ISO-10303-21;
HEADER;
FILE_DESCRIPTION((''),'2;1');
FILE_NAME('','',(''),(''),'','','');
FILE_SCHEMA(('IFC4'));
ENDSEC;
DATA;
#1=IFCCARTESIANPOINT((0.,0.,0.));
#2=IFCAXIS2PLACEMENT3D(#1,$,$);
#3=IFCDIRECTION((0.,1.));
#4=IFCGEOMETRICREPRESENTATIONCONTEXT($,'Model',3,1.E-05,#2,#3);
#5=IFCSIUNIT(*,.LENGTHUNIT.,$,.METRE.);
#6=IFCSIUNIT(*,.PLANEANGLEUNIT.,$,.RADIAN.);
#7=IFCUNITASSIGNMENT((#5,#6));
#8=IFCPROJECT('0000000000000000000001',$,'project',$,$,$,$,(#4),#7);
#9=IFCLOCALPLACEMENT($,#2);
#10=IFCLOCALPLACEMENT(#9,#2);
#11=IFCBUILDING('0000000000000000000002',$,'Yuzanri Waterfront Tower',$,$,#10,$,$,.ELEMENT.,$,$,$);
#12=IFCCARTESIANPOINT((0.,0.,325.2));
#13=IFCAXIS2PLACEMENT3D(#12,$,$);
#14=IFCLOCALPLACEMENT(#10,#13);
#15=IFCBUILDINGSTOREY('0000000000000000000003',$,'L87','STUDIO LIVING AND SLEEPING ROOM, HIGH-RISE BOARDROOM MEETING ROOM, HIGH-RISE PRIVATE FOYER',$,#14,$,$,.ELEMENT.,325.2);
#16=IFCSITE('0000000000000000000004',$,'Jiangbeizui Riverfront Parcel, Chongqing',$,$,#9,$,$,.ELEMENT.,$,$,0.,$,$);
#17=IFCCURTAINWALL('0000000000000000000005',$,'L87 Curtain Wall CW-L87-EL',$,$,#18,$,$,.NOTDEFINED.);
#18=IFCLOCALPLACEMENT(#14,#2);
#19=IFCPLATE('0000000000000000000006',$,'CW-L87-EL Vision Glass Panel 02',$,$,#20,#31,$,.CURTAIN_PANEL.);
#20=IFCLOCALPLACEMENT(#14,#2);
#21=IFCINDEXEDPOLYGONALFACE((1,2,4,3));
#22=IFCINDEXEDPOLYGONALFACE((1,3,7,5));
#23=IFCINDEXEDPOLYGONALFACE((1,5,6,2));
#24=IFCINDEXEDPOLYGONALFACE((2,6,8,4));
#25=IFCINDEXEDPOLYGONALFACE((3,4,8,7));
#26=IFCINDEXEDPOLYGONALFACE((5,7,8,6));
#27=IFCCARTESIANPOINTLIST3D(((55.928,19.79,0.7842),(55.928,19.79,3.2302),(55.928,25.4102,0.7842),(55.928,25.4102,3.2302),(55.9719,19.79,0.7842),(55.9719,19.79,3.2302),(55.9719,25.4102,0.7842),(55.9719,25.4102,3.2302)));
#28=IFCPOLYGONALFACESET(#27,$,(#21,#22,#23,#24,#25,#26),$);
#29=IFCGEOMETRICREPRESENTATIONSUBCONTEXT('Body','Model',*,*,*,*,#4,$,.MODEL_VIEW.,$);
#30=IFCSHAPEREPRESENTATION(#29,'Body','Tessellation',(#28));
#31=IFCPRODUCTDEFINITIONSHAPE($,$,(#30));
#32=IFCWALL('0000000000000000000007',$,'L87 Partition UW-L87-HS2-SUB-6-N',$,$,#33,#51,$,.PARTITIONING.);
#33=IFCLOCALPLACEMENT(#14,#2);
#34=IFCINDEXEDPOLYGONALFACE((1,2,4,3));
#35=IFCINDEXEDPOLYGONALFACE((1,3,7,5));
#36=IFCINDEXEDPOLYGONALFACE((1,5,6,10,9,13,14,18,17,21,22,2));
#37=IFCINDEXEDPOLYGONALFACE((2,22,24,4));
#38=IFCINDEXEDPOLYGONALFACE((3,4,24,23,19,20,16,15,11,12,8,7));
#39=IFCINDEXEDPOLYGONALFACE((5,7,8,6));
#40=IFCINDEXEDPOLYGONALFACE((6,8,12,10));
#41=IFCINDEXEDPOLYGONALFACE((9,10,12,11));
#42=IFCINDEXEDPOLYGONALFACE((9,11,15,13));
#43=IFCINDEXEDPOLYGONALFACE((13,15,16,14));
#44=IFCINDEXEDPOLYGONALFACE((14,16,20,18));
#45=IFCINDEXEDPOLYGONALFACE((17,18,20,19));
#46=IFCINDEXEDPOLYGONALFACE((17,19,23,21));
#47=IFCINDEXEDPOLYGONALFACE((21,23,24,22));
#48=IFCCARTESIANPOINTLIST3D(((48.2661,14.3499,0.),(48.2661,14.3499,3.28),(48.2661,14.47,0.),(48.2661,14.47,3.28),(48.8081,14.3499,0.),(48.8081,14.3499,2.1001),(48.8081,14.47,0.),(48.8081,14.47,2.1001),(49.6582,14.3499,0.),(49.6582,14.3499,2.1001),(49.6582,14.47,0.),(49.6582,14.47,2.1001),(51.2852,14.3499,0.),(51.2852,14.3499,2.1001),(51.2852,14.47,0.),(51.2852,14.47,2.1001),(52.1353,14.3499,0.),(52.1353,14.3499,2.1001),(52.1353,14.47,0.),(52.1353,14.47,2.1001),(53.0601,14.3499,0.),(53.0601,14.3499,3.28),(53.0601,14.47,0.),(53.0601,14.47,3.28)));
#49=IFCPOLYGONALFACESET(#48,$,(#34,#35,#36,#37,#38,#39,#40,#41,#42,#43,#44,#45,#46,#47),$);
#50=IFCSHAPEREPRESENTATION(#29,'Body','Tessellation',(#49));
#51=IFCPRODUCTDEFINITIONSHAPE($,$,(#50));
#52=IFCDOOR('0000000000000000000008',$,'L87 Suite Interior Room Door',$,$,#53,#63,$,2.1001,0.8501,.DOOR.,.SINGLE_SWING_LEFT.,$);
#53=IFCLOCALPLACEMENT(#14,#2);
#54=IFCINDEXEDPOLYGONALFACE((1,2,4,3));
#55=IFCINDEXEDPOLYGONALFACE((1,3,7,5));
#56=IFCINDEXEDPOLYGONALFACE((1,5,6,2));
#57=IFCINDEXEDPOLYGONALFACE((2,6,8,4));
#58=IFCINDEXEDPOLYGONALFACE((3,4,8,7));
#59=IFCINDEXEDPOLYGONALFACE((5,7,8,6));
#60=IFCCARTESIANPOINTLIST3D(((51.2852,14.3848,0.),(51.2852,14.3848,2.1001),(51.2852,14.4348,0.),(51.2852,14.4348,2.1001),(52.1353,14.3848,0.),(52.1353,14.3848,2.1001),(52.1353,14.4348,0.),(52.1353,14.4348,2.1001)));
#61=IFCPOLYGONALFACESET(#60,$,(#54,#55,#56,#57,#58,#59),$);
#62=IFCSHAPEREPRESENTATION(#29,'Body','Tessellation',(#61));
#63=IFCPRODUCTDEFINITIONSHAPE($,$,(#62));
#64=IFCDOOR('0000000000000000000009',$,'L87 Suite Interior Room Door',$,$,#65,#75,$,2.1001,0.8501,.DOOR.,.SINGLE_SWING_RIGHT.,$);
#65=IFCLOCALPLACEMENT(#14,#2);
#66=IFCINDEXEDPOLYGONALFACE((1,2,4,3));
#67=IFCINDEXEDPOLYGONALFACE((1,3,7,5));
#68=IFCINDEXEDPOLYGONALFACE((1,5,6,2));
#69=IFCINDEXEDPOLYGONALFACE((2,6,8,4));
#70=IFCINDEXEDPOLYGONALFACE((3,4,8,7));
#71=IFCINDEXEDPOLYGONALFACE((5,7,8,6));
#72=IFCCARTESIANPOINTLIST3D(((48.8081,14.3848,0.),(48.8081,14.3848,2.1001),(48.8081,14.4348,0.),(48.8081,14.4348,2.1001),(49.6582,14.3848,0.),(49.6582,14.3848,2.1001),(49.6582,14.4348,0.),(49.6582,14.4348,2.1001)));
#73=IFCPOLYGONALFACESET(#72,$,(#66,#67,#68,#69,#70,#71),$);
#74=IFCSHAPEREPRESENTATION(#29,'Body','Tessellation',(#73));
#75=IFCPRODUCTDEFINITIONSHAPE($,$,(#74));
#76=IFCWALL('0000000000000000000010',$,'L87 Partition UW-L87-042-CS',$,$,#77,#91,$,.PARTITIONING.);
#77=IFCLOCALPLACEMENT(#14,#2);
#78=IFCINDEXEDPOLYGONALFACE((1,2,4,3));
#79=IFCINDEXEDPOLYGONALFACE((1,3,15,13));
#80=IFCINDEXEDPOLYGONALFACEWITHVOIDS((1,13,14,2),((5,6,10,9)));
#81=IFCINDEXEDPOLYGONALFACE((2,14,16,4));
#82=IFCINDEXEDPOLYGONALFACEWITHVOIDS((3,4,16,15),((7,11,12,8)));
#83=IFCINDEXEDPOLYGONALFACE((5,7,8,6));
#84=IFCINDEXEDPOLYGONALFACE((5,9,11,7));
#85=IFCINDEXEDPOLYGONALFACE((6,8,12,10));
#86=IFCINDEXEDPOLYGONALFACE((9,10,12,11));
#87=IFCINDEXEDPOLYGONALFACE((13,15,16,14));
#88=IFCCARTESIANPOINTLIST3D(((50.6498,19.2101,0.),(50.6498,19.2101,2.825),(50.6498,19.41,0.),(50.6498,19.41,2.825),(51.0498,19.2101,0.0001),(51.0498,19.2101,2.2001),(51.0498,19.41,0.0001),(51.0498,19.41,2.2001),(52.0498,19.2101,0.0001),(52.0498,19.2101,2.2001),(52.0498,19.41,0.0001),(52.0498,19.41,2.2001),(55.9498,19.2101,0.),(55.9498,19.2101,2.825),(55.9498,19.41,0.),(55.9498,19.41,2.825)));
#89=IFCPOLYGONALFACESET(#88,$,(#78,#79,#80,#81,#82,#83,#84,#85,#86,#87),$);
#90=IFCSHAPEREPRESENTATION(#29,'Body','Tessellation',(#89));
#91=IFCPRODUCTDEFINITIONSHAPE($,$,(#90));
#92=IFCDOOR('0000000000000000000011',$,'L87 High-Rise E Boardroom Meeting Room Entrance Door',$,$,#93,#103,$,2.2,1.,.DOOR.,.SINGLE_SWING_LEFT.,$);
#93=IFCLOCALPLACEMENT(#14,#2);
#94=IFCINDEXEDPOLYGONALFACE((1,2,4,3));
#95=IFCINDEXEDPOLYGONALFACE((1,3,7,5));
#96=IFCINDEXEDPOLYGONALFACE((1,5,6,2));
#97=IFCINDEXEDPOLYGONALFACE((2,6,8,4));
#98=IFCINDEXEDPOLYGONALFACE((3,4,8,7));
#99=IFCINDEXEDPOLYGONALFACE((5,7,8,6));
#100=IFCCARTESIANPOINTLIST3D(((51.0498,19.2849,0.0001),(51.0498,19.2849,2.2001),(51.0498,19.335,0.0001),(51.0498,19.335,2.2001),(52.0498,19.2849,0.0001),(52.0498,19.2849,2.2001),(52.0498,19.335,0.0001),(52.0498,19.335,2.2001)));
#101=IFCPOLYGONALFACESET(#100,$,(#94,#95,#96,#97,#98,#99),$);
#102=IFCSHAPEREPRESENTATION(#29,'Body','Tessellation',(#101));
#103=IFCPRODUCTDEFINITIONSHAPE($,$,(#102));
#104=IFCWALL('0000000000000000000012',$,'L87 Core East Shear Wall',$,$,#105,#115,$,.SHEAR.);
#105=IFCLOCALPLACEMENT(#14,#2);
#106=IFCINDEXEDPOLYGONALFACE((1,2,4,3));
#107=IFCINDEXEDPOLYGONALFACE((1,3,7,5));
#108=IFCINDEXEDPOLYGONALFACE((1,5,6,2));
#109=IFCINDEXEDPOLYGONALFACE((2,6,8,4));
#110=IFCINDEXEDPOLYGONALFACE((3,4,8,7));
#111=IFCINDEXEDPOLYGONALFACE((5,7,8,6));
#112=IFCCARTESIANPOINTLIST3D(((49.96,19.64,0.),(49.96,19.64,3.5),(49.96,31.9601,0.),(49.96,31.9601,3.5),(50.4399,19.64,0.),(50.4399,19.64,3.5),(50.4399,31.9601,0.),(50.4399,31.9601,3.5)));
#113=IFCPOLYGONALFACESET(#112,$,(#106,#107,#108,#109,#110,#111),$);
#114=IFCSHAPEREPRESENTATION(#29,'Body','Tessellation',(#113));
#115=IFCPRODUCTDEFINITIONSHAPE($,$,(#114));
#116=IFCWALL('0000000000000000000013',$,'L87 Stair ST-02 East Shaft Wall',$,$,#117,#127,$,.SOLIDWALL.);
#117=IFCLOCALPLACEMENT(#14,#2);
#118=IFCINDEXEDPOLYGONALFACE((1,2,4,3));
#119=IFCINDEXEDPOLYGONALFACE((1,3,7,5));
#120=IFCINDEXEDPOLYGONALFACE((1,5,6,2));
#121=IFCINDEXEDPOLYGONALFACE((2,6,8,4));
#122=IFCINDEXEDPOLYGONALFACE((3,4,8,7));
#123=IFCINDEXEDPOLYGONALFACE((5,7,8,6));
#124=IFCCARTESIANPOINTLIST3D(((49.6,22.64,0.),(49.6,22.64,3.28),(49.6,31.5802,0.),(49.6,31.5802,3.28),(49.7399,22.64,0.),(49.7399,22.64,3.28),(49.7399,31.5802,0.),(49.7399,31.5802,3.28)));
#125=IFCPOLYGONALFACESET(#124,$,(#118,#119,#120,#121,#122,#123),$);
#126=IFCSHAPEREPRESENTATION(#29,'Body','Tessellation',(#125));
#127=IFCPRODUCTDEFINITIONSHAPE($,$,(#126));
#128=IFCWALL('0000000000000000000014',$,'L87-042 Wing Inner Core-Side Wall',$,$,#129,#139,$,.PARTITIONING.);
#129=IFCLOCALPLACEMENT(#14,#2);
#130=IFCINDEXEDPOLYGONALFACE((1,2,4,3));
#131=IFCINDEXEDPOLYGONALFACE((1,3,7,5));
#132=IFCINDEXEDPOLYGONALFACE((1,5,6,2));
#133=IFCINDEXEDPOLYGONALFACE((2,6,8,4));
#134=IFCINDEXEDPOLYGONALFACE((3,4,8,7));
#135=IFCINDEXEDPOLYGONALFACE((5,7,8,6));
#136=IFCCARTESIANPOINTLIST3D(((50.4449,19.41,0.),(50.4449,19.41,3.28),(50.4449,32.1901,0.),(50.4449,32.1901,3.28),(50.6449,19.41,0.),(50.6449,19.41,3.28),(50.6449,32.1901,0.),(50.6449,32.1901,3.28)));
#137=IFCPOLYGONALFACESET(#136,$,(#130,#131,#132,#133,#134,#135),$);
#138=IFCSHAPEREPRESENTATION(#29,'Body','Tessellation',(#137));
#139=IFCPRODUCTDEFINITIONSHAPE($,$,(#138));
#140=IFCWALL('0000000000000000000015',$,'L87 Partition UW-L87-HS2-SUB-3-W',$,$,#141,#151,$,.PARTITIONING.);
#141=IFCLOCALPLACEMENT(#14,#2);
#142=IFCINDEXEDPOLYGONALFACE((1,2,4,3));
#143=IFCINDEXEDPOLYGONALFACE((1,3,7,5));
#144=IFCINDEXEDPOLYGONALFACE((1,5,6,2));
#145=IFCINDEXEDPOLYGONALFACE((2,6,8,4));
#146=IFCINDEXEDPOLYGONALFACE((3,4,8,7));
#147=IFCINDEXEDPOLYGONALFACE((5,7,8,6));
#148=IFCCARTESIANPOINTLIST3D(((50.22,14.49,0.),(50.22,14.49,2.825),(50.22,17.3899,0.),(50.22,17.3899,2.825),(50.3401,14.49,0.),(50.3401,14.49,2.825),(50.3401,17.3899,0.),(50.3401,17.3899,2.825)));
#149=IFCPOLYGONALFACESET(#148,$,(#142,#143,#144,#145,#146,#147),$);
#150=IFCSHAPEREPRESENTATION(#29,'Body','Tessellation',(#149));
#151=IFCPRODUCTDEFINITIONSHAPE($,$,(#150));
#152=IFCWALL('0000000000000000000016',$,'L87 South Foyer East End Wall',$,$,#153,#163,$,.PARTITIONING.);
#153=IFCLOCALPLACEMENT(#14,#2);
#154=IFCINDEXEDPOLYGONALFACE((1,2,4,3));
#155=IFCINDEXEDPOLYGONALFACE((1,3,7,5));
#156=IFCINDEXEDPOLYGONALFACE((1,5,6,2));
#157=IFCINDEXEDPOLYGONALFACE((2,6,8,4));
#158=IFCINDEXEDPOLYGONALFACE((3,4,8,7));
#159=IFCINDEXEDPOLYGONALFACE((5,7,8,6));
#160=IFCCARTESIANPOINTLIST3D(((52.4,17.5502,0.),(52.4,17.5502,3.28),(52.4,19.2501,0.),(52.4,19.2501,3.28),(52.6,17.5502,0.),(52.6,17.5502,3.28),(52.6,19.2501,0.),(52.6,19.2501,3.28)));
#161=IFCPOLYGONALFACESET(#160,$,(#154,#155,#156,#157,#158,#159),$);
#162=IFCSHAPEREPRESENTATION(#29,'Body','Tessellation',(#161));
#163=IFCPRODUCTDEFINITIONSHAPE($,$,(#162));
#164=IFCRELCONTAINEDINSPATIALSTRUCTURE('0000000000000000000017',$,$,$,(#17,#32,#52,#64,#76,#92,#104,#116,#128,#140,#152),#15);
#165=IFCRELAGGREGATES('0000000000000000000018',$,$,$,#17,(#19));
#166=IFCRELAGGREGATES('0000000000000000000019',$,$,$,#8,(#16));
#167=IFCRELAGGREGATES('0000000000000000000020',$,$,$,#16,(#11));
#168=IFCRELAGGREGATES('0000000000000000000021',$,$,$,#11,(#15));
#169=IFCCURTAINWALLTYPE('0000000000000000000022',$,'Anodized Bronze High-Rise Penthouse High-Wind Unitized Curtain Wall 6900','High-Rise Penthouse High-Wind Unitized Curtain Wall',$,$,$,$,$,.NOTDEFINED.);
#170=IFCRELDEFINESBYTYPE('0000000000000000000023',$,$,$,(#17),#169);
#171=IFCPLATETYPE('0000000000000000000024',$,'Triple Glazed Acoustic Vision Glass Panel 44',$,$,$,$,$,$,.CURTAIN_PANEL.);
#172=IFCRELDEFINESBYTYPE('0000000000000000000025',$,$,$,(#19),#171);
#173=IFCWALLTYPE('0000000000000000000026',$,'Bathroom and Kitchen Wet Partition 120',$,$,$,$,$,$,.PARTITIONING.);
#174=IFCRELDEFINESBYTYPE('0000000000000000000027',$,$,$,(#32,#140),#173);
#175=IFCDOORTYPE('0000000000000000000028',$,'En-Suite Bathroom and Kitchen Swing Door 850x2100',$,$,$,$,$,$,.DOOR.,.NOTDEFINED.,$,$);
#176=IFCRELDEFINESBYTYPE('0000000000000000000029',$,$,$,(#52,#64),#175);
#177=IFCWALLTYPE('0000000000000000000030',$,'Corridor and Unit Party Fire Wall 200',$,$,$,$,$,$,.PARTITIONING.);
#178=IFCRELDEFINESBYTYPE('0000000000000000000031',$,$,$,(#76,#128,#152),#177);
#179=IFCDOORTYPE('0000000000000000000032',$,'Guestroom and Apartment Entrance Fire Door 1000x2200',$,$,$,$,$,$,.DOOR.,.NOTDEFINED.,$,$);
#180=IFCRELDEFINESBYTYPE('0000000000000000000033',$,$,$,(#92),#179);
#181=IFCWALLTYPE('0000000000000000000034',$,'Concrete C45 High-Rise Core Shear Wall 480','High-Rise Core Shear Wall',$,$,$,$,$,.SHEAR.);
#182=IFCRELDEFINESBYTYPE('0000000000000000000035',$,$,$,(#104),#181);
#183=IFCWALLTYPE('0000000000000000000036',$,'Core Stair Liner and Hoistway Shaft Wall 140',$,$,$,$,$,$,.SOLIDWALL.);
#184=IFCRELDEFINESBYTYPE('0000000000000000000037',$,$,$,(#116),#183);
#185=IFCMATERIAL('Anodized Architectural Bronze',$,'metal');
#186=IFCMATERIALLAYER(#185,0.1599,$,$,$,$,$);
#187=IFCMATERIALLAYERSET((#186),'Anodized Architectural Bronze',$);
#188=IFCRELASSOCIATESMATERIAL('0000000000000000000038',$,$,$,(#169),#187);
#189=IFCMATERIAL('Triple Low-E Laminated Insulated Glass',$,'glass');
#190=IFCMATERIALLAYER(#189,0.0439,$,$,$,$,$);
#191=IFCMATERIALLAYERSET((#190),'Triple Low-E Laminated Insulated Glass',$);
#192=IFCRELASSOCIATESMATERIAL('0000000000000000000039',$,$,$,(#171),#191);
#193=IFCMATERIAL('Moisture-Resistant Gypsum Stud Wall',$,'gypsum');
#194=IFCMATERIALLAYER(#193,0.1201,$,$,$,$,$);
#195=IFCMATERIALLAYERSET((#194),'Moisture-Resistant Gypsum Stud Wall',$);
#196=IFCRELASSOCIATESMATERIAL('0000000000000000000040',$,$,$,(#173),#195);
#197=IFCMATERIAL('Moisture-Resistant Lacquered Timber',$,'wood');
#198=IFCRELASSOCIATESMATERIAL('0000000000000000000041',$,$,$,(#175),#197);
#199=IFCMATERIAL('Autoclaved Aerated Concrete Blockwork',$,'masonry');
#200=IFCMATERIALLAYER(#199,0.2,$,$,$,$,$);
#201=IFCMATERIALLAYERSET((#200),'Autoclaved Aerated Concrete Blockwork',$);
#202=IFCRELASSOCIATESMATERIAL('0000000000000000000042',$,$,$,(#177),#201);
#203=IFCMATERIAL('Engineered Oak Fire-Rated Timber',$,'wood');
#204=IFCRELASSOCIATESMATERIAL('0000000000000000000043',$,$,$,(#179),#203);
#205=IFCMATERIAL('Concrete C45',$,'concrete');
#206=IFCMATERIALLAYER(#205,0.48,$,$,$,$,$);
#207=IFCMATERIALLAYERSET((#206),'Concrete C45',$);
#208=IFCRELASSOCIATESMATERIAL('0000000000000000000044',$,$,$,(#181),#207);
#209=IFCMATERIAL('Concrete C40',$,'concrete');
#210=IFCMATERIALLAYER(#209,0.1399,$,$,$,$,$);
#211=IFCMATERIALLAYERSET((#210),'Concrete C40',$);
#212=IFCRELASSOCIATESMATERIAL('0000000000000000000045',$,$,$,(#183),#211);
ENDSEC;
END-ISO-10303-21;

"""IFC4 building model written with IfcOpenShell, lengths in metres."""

from ifc_helpers import new_model, si_unit, direction, frame, frame_2d, origin, origin_2d, place, context, subcontext, project, spatial, rectangle, extrude, source, transform, mapped, material, layer, layer_set, type_object, element, fill, aggregate, save


model = new_model("IFC4")

# Units and contexts
model_context = context("Model", 3, precision=1e-05, world=origin(), true_north=direction((0.0, 1.0)))
body_context = subcontext(model_context, "Body", "Model", "MODEL_VIEW")
ifc_project = project(units=[si_unit("LENGTHUNIT", "METRE"), si_unit("PLANEANGLEUNIT", "RADIAN")], contexts=[model_context])

# Site, building, storey
site_placement = place(None, origin())
site = spatial("IfcSite", under=ifc_project, at=site_placement, Name="Jiangbeizui Riverfront Parcel, Chongqing", CompositionType="ELEMENT", RefElevation=0.0)
building_placement = place(site_placement, origin())
building = spatial("IfcBuilding", under=site, at=building_placement, Name="Yuzanri Waterfront Tower", CompositionType="ELEMENT")
storey_placement = place(building_placement, frame((0.0, 0.0, 325.2)))
storey = spatial("IfcBuildingStorey", under=building, at=storey_placement, Name="L87", Description="STUDIO LIVING AND SLEEPING ROOM, HIGH-RISE BOARDROOM MEETING ROOM, HIGH-RISE PRIVATE FOYER", CompositionType="ELEMENT", Elevation=325.2)

# Curtain wall, plate
ifc_material_1 = material(Name="Anodized Architectural Bronze", Category="metal")
ifc_layer_1 = layer(ifc_material_1, 0.1599)
ifc_layer_set_1 = layer_set([ifc_layer_1], Name="Anodized Architectural Bronze")
curtain_wall_type = type_object("IfcCurtainWallType", Name="Anodized Bronze High-Rise Penthouse High-Wind Unitized Curtain Wall 6900", Description="High-Rise Penthouse High-Wind Unitized Curtain Wall", PredefinedType="NOTDEFINED", material=ifc_layer_set_1)
curtain_wall_placement = place(storey_placement, origin())
curtain_wall = element("IfcCurtainWall", 1, at=curtain_wall_placement, inside=storey, type_object=curtain_wall_type, Name="L87 Curtain Wall CW-L87-EL", PredefinedType="NOTDEFINED")
ifc_material_2 = material(Name="Triple Low-E Laminated Insulated Glass", Category="glass")
ifc_layer_2 = layer(ifc_material_2, 0.0439)
ifc_layer_set_2 = layer_set([ifc_layer_2], Name="Triple Low-E Laminated Insulated Glass")
plate_type_1 = type_object("IfcPlateType", Name="Triple Glazed Acoustic Vision Glass Panel 44", PredefinedType="CURTAIN_PANEL", material=ifc_layer_set_2)
shared_shape_1 = source(origin(), body_context, "Body", "SweptSolid", [
    extrude(rectangle(XDim=5.6201, YDim=0.0439, at=origin_2d()), origin(), (0.0, 0.0, 1.0), 2.446),
])
plate_1_placement = place(storey_placement, frame((55.95, 22.6001, 0.7842), z_axis=(0.0, 0.0, 1.0), x_axis=(0.0, 1.0, 0.0)))
plate_1 = element("IfcPlate", 2, at=plate_1_placement, type_object=plate_type_1, Name="CW-L87-EL Vision Glass Panel 02", PredefinedType="CURTAIN_PANEL", context=body_context, shape_type="MappedRepresentation", body=[
    mapped(shared_shape_1, transform((0.0, 0.0, 0.0), scale=1.0)),
])
aggregate(curtain_wall, [plate_1])

# Wall, openings, doors
ifc_material_3 = material(Name="Moisture-Resistant Gypsum Stud Wall", Category="gypsum")
ifc_layer_3 = layer(ifc_material_3, 0.1201)
ifc_layer_set_3 = layer_set([ifc_layer_3], Name="Moisture-Resistant Gypsum Stud Wall")
wall_type_1 = type_object("IfcWallType", Name="Bathroom and Kitchen Wet Partition 120", PredefinedType="PARTITIONING", material=ifc_layer_set_3)
wall_1_placement = place(storey_placement, frame((48.2661, 14.4099, 0.0), z_axis=(0.0, 0.0, 1.0), x_axis=(1.0, 0.0, 0.0)))
wall_1 = element("IfcWall", 3, at=wall_1_placement, inside=storey, type_object=wall_type_1, Name="L87 Partition UW-L87-HS2-SUB-6-N", PredefinedType="PARTITIONING", context=body_context, shape_type="SweptSolid", body=[
    extrude(rectangle(XDim=4.7939, YDim=0.1201, at=frame_2d((2.397, 0.0))), origin(), (0.0, 0.0, 1.0), 3.28),
])
opening_1_placement = place(wall_1_placement, frame((3.019, 0.0, 0.0)))
opening_1 = element("IfcOpeningElement", 4, at=opening_1_placement, cuts=wall_1, PredefinedType="OPENING", context=body_context, shape_type="SweptSolid", body=[
    extrude(rectangle(XDim=0.8501, YDim=2.1001, at=frame_2d((0.425, 1.05))), frame((0.0, 0.075, 0.0), z_axis=(0.0, -1.0, 0.0), x_axis=(1.0, 0.0, 0.0)), (0.0, 0.0, 1.0), 0.1499),
])
opening_2_placement = place(wall_1_placement, frame((0.542, 0.0, 0.0)))
opening_2 = element("IfcOpeningElement", 5, at=opening_2_placement, cuts=wall_1, PredefinedType="OPENING", context=body_context, shape_type="SweptSolid", body=[
    extrude(rectangle(XDim=0.8501, YDim=2.1001, at=frame_2d((0.425, 1.05))), frame((0.0, 0.075, 0.0), z_axis=(0.0, -1.0, 0.0), x_axis=(1.0, 0.0, 0.0)), (0.0, 0.0, 1.0), 0.1499),
])
ifc_material_4 = material(Name="Moisture-Resistant Lacquered Timber", Category="wood")
door_type_1 = type_object("IfcDoorType", Name="En-Suite Bathroom and Kitchen Swing Door 850x2100", OperationType="NOTDEFINED", PredefinedType="DOOR", material=ifc_material_4)
shared_shape_2 = source(origin(), body_context, "Body", "SweptSolid", [
    extrude(rectangle(XDim=0.8501, YDim=2.1001, at=frame_2d((0.425, 1.05))), frame((0.0, 0.0249, 0.0), z_axis=(0.0, -1.0, 0.0), x_axis=(1.0, 0.0, 0.0)), (0.0, 0.0, 1.0), 0.05),
])
door_1_placement = place(opening_1_placement, origin())
door_1 = element("IfcDoor", 6, at=door_1_placement, inside=storey, type_object=door_type_1, Name="L87 Suite Interior Room Door", OperationType="SINGLE_SWING_LEFT", OverallHeight=2.1001, OverallWidth=0.8501, PredefinedType="DOOR", context=body_context, shape_type="MappedRepresentation", body=[
    mapped(shared_shape_2, transform((0.0, 0.0, 0.0), scale=1.0)),
])
fill(opening_1, door_1)
door_2_placement = place(opening_2_placement, origin())
door_2 = element("IfcDoor", 7, at=door_2_placement, inside=storey, type_object=door_type_1, Name="L87 Suite Interior Room Door", OperationType="SINGLE_SWING_RIGHT", OverallHeight=2.1001, OverallWidth=0.8501, PredefinedType="DOOR", context=body_context, shape_type="MappedRepresentation", body=[
    mapped(shared_shape_2, transform((0.0, 0.0, 0.0), scale=1.0)),
])
fill(opening_2, door_2)

# Wall, opening, door
ifc_material_5 = material(Name="Autoclaved Aerated Concrete Blockwork", Category="masonry")
ifc_layer_4 = layer(ifc_material_5, 0.2)
ifc_layer_set_4 = layer_set([ifc_layer_4], Name="Autoclaved Aerated Concrete Blockwork")
wall_type_2 = type_object("IfcWallType", Name="Corridor and Unit Party Fire Wall 200", PredefinedType="PARTITIONING", material=ifc_layer_set_4)
wall_2_placement = place(storey_placement, frame((50.6499, 19.3101, 0.0), z_axis=(0.0, 0.0, 1.0), x_axis=(1.0, 0.0, 0.0)))
wall_2 = element("IfcWall", 8, at=wall_2_placement, inside=storey, type_object=wall_type_2, Name="L87 Partition UW-L87-042-CS", PredefinedType="PARTITIONING", context=body_context, shape_type="SweptSolid", body=[
    extrude(rectangle(XDim=5.3, YDim=0.2, at=frame_2d((2.6499, 0.0))), origin(), (0.0, 0.0, 1.0), 2.825),
])
opening_3_placement = place(wall_2_placement, frame((0.3999, 0.0, 0.0)))
opening_3 = element("IfcOpeningElement", 9, at=opening_3_placement, cuts=wall_2, PredefinedType="OPENING", context=body_context, shape_type="SweptSolid", body=[
    extrude(rectangle(XDim=1.0, YDim=2.2, at=frame_2d((0.5, 1.1001))), frame((0.0, 0.1147, 0.0), z_axis=(0.0, -1.0, 0.0), x_axis=(1.0, 0.0, 0.0)), (0.0, 0.0, 1.0), 0.2297),
])
ifc_material_6 = material(Name="Engineered Oak Fire-Rated Timber", Category="wood")
door_type_2 = type_object("IfcDoorType", Name="Guestroom and Apartment Entrance Fire Door 1000x2200", OperationType="NOTDEFINED", PredefinedType="DOOR", material=ifc_material_6)
shared_shape_3 = source(origin(), body_context, "Body", "SweptSolid", [
    extrude(rectangle(XDim=1.0, YDim=2.2, at=frame_2d((0.5, 1.1001))), frame((0.0, 0.0249, 0.0), z_axis=(0.0, -1.0, 0.0), x_axis=(1.0, 0.0, 0.0)), (0.0, 0.0, 1.0), 0.05),
])
door_3_placement = place(opening_3_placement, origin())
door_3 = element("IfcDoor", 10, at=door_3_placement, inside=storey, type_object=door_type_2, Name="L87 High-Rise E Boardroom Meeting Room Entrance Door", OperationType="SINGLE_SWING_LEFT", OverallHeight=2.2, OverallWidth=1.0, PredefinedType="DOOR", context=body_context, shape_type="MappedRepresentation", body=[
    mapped(shared_shape_3, transform((0.0, 0.0, 0.0), scale=1.0)),
])
fill(opening_3, door_3)

# Walls
ifc_material_7 = material(Name="Concrete C45", Category="concrete")
ifc_layer_5 = layer(ifc_material_7, 0.48)
ifc_layer_set_5 = layer_set([ifc_layer_5], Name="Concrete C45")
wall_type_3 = type_object("IfcWallType", Name="Concrete C45 High-Rise Core Shear Wall 480", Description="High-Rise Core Shear Wall", PredefinedType="SHEAR", material=ifc_layer_set_5)
shared_shape_4 = source(origin(), body_context, "Body", "SweptSolid", [
    extrude(rectangle(XDim=12.3201, YDim=0.48, at=frame_2d((6.1602, 0.0))), origin(), (0.0, 0.0, 1.0), 3.5),
])
wall_3_placement = place(storey_placement, frame((50.2, 19.6399, 0.0), z_axis=(0.0, 0.0, 1.0), x_axis=(0.0, 1.0, 0.0)))
element("IfcWall", 11, at=wall_3_placement, inside=storey, type_object=wall_type_3, Name="L87 Core East Shear Wall", PredefinedType="SHEAR", context=body_context, shape_type="MappedRepresentation", body=[
    mapped(shared_shape_4, transform((0.0, 0.0, 0.0), scale=1.0)),
])
ifc_material_8 = material(Name="Concrete C40", Category="concrete")
ifc_layer_6 = layer(ifc_material_8, 0.1399)
ifc_layer_set_6 = layer_set([ifc_layer_6], Name="Concrete C40")
wall_type_4 = type_object("IfcWallType", Name="Core Stair Liner and Hoistway Shaft Wall 140", PredefinedType="SOLIDWALL", material=ifc_layer_set_6)
shared_shape_5 = source(origin(), body_context, "Body", "SweptSolid", [
    extrude(rectangle(XDim=8.9402, YDim=0.1399, at=frame_2d((4.4702, 0.0))), origin(), (0.0, 0.0, 1.0), 3.28),
])
wall_4_placement = place(storey_placement, frame((49.6699, 22.6399, 0.0), z_axis=(0.0, 0.0, 1.0), x_axis=(0.0, 1.0, 0.0)))
element("IfcWall", 12, at=wall_4_placement, inside=storey, type_object=wall_type_4, Name="L87 Stair ST-02 East Shaft Wall", PredefinedType="SOLIDWALL", context=body_context, shape_type="MappedRepresentation", body=[
    mapped(shared_shape_5, transform((0.0, 0.0, 0.0), scale=1.0)),
])
shared_shape_6 = source(origin(), body_context, "Body", "SweptSolid", [
    extrude(rectangle(XDim=12.78, YDim=0.2, at=frame_2d((6.3901, 0.0))), origin(), (0.0, 0.0, 1.0), 3.28),
])
wall_5_placement = place(storey_placement, frame((50.5449, 19.4099, 0.0), z_axis=(0.0, 0.0, 1.0), x_axis=(0.0, 1.0, 0.0)))
element("IfcWall", 13, at=wall_5_placement, inside=storey, type_object=wall_type_2, Name="L87-042 Wing Inner Core-Side Wall", PredefinedType="PARTITIONING", context=body_context, shape_type="MappedRepresentation", body=[
    mapped(shared_shape_6, transform((0.0, 0.0, 0.0), scale=1.0)),
])
shared_shape_7 = source(origin(), body_context, "Body", "SweptSolid", [
    extrude(rectangle(XDim=2.8999, YDim=0.1201, at=frame_2d((1.45, 0.0))), origin(), (0.0, 0.0, 1.0), 2.825),
])
wall_6_placement = place(storey_placement, frame((50.28, 14.49, 0.0), z_axis=(0.0, 0.0, 1.0), x_axis=(0.0, 1.0, 0.0)))
element("IfcWall", 14, at=wall_6_placement, inside=storey, type_object=wall_type_1, Name="L87 Partition UW-L87-HS2-SUB-3-W", PredefinedType="PARTITIONING", context=body_context, shape_type="MappedRepresentation", body=[
    mapped(shared_shape_7, transform((0.0, 0.0, 0.0), scale=1.0)),
])
shared_shape_8 = source(origin(), body_context, "Body", "SweptSolid", [
    extrude(rectangle(XDim=1.7, YDim=0.2, at=frame_2d((0.8501, 0.0))), origin(), (0.0, 0.0, 1.0), 3.28),
])
wall_7_placement = place(storey_placement, frame((52.5, 17.55, 0.0), z_axis=(0.0, 0.0, 1.0), x_axis=(0.0, 1.0, 0.0)))
element("IfcWall", 15, at=wall_7_placement, inside=storey, type_object=wall_type_2, Name="L87 South Foyer East End Wall", PredefinedType="PARTITIONING", context=body_context, shape_type="MappedRepresentation", body=[
    mapped(shared_shape_8, transform((0.0, 0.0, 0.0), scale=1.0)),
])

save(model, "model.ifc")
